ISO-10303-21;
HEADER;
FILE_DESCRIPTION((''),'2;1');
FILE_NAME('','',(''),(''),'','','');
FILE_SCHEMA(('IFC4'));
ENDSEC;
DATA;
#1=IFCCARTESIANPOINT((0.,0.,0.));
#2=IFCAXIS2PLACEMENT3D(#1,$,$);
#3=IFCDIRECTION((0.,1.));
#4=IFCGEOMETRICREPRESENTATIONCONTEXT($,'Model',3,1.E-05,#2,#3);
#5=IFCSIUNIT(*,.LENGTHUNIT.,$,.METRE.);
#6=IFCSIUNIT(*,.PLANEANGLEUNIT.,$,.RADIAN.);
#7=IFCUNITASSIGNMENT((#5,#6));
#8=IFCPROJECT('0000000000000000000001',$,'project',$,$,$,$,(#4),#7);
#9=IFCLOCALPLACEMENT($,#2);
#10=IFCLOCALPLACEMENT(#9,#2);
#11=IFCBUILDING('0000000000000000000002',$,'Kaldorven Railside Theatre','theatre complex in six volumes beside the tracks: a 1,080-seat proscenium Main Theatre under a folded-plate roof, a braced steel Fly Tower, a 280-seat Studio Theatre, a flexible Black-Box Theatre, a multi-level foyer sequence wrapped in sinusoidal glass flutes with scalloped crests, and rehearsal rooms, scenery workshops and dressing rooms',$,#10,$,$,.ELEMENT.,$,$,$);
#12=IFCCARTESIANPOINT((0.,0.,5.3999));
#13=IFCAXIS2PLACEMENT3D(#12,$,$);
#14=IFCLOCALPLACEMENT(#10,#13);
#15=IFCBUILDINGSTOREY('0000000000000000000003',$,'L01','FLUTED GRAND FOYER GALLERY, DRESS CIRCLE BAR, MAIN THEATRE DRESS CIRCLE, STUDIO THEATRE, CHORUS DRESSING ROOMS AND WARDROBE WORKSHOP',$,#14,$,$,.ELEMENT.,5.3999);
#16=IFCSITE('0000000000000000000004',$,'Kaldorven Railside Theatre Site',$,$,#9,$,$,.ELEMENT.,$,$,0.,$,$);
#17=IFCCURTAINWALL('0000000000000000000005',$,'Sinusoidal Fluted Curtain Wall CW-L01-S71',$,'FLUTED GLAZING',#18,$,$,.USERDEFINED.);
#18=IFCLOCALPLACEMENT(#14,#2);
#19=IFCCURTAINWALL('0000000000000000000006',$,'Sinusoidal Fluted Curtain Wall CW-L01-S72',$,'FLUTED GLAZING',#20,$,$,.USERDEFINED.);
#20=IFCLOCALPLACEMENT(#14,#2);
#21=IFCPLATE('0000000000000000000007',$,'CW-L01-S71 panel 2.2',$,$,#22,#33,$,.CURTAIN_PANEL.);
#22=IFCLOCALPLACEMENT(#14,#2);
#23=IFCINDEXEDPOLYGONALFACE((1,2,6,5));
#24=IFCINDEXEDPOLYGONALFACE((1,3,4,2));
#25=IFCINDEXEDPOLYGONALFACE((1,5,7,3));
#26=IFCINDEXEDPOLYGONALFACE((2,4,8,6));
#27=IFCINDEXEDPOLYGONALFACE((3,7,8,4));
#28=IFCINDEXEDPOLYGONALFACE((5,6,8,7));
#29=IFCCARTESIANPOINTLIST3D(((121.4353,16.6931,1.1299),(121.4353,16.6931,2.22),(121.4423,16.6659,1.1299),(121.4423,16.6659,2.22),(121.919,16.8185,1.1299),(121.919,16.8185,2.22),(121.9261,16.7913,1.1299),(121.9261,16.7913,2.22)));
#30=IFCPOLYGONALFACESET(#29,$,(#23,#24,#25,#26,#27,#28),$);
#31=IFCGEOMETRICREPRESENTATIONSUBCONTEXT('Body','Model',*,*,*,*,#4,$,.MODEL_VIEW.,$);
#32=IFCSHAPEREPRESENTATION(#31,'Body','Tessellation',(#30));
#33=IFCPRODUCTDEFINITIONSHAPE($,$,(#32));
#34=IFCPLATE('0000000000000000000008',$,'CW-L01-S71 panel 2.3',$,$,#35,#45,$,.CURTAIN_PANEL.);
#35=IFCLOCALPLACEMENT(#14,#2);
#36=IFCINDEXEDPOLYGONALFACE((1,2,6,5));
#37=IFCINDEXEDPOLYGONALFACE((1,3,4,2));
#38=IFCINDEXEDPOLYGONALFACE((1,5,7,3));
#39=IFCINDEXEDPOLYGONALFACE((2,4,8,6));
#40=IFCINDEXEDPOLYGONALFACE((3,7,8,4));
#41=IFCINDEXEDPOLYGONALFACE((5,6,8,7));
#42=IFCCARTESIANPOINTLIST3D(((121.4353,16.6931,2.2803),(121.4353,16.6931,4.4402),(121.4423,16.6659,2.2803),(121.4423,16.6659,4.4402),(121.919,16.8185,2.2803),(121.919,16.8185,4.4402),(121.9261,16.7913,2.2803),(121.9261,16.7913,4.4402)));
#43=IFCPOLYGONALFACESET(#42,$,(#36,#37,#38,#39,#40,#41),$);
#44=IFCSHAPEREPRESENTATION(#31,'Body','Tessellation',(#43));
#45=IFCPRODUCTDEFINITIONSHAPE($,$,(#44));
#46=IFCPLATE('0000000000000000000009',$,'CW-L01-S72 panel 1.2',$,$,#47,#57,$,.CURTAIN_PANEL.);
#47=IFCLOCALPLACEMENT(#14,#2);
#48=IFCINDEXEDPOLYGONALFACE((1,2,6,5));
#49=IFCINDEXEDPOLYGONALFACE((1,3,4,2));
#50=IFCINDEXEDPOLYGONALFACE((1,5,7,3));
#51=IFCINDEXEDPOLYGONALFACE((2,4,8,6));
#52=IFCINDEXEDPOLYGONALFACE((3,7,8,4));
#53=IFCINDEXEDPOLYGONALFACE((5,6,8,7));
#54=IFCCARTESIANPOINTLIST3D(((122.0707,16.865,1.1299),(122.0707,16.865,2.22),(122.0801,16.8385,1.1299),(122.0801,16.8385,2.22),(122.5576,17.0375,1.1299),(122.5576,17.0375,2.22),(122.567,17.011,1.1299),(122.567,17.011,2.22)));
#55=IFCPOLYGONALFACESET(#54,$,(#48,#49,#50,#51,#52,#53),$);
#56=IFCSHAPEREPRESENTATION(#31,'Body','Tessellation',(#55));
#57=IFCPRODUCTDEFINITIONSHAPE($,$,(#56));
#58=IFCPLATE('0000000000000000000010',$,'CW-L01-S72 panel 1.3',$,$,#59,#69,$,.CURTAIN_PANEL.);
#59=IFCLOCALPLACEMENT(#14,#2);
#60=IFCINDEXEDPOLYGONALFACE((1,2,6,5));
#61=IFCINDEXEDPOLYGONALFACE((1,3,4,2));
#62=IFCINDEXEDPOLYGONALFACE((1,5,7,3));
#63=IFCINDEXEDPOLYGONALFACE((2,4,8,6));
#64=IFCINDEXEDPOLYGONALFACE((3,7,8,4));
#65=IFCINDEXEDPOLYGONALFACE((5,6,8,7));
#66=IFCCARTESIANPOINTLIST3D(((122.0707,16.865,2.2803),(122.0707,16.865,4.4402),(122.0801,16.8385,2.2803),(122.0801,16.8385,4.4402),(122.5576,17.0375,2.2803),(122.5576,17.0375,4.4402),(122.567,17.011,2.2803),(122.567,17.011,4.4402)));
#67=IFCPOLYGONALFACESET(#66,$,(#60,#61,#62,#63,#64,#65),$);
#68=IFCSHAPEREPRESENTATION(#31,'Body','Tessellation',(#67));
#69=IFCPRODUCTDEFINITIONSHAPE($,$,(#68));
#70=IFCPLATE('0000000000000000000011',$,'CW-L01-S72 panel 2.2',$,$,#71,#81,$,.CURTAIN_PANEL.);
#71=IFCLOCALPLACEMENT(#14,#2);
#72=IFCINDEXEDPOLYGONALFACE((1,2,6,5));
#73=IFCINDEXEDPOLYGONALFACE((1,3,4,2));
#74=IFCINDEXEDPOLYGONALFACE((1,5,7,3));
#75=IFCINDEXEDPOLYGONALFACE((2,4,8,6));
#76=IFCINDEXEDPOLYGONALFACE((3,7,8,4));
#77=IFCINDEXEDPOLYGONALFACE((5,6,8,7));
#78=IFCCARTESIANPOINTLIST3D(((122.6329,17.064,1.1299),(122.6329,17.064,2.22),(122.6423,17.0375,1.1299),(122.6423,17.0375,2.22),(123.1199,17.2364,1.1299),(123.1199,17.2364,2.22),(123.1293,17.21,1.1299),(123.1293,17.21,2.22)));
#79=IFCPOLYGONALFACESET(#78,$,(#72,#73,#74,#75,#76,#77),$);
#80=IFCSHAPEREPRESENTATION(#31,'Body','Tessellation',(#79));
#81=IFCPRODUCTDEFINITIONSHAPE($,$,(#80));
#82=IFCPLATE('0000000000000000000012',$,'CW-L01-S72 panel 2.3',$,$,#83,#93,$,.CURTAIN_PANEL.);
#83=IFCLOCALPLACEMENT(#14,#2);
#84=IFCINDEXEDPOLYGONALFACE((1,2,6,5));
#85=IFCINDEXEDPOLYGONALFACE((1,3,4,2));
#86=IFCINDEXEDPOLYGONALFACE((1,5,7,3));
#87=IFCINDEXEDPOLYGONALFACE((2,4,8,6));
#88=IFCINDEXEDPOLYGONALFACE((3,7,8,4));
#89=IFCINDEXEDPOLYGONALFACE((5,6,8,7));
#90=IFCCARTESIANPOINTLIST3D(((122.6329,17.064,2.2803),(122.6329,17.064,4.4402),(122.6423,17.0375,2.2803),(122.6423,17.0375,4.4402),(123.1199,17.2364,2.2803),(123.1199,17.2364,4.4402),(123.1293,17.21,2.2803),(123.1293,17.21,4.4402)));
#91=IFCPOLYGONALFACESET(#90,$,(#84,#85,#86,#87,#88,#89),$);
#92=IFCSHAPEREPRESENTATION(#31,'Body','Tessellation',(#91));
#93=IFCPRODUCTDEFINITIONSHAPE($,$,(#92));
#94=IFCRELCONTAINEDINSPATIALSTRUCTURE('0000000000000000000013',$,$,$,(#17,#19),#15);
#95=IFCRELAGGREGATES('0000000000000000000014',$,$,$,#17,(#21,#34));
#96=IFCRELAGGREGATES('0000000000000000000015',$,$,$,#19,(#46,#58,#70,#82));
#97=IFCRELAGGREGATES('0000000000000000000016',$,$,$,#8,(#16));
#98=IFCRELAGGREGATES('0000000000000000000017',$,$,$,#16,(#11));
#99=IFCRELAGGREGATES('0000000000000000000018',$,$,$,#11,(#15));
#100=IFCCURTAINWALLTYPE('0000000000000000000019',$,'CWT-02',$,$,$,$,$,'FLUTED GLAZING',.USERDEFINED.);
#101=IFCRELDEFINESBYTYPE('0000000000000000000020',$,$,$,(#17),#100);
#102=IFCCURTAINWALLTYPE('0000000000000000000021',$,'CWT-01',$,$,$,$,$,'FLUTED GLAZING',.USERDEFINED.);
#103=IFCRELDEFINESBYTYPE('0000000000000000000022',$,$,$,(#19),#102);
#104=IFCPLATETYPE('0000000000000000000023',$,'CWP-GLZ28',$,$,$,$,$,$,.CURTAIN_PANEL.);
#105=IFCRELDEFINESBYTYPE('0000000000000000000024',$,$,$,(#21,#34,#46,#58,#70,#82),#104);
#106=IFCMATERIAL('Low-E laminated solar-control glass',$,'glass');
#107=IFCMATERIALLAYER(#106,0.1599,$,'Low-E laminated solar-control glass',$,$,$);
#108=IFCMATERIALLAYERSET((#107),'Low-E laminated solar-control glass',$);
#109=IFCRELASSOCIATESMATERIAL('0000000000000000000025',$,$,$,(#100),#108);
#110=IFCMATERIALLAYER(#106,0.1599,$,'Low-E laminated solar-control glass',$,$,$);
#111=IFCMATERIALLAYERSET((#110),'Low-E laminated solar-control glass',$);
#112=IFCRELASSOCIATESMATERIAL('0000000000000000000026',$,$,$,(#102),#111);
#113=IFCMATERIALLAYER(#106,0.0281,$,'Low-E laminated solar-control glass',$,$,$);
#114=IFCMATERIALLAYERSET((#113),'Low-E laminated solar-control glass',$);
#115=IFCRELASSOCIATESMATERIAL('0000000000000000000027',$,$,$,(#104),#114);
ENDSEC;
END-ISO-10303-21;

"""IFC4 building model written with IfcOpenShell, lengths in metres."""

from ifc_helpers import new_model, si_unit, direction, frame, origin, origin_2d, place, context, subcontext, project, spatial, rectangle, extrude, material, layer, layer_set, type_object, element, aggregate, save


model = new_model("IFC4")

# Units and contexts
model_context = context("Model", 3, precision=1e-05, world=origin(), true_north=direction((0.0, 1.0)))
body_context = subcontext(model_context, "Body", "Model", "MODEL_VIEW")
ifc_project = project(units=[si_unit("LENGTHUNIT", "METRE"), si_unit("PLANEANGLEUNIT", "RADIAN")], contexts=[model_context])

# Site, building, storey
site_placement = place(None, origin())
site = spatial("IfcSite", under=ifc_project, at=site_placement, Name="Kaldorven Railside Theatre Site", CompositionType="ELEMENT", RefElevation=0.0)
building_placement = place(site_placement, origin())
building = spatial("IfcBuilding", under=site, at=building_placement, Name="Kaldorven Railside Theatre", Description="theatre complex in six volumes beside the tracks: a 1,080-seat proscenium Main Theatre under a folded-plate roof, a braced steel Fly Tower, a 280-seat Studio Theatre, a flexible Black-Box Theatre, a multi-level foyer sequence wrapped in sinusoidal glass flutes with scalloped crests, and rehearsal rooms, scenery workshops and dressing rooms", CompositionType="ELEMENT")
storey_placement = place(building_placement, frame((0.0, 0.0, 5.3999)))
storey = spatial("IfcBuildingStorey", under=building, at=storey_placement, Name="L01", Description="FLUTED GRAND FOYER GALLERY, DRESS CIRCLE BAR, MAIN THEATRE DRESS CIRCLE, STUDIO THEATRE, CHORUS DRESSING ROOMS AND WARDROBE WORKSHOP", CompositionType="ELEMENT", Elevation=5.3999)

# Curtain walls
ifc_material_1 = material(Name="Low-E laminated solar-control glass", Category="glass")
ifc_layer_1 = layer(ifc_material_1, 0.1599, Name="Low-E laminated solar-control glass")
ifc_layer_set_1 = layer_set([ifc_layer_1], Name="Low-E laminated solar-control glass")
curtain_wall_type_1 = type_object("IfcCurtainWallType", Name="CWT-02", ElementType="FLUTED GLAZING", PredefinedType="USERDEFINED", material=ifc_layer_set_1)
curtain_wall_1_placement = place(storey_placement, origin())
curtain_wall_1 = element("IfcCurtainWall", 1, at=curtain_wall_1_placement, inside=storey, type_object=curtain_wall_type_1, Name="Sinusoidal Fluted Curtain Wall CW-L01-S71", ObjectType="FLUTED GLAZING", PredefinedType="USERDEFINED")
ifc_layer_2 = layer(ifc_material_1, 0.1599, Name="Low-E laminated solar-control glass")
ifc_layer_set_2 = layer_set([ifc_layer_2], Name="Low-E laminated solar-control glass")
curtain_wall_type_2 = type_object("IfcCurtainWallType", Name="CWT-01", ElementType="FLUTED GLAZING", PredefinedType="USERDEFINED", material=ifc_layer_set_2)
curtain_wall_2_placement = place(storey_placement, origin())
curtain_wall_2 = element("IfcCurtainWall", 2, at=curtain_wall_2_placement, inside=storey, type_object=curtain_wall_type_2, Name="Sinusoidal Fluted Curtain Wall CW-L01-S72", ObjectType="FLUTED GLAZING", PredefinedType="USERDEFINED")

# Plates
ifc_layer_3 = layer(ifc_material_1, 0.0281, Name="Low-E laminated solar-control glass")
ifc_layer_set_3 = layer_set([ifc_layer_3], Name="Low-E laminated solar-control glass")
plate_type = type_object("IfcPlateType", Name="CWP-GLZ28", PredefinedType="CURTAIN_PANEL", material=ifc_layer_set_3)
plate_1_placement = place(storey_placement, frame((121.6807, 16.7422, 1.1299), z_axis=(0.0, 0.0, 1.0), x_axis=(0.967999, 0.250954, 0.0)))
plate_1 = element("IfcPlate", 3, at=plate_1_placement, type_object=plate_type, Name="CW-L01-S71 panel 2.2", PredefinedType="CURTAIN_PANEL", context=body_context, shape_type="SweptSolid", body=[
    extrude(rectangle(XDim=0.4998, YDim=0.0281, at=origin_2d()), origin(), (0.0, 0.0, 1.0), 1.0901),
])
plate_2_placement = place(storey_placement, frame((121.6807, 16.7422, 2.2803), z_axis=(0.0, 0.0, 1.0), x_axis=(0.967999, 0.250954, 0.0)))
plate_2 = element("IfcPlate", 4, at=plate_2_placement, type_object=plate_type, Name="CW-L01-S71 panel 2.3", PredefinedType="CURTAIN_PANEL", context=body_context, shape_type="SweptSolid", body=[
    extrude(rectangle(XDim=0.4998, YDim=0.0281, at=origin_2d()), origin(), (0.0, 0.0, 1.0), 2.1599),
])
aggregate(curtain_wall_1, [plate_1, plate_2])
plate_3_placement = place(storey_placement, frame((122.3188, 16.938, 1.1299), z_axis=(0.0, 0.0, 1.0), x_axis=(0.942627, 0.333847, 0.0)))
plate_3 = element("IfcPlate", 5, at=plate_3_placement, type_object=plate_type, Name="CW-L01-S72 panel 1.2", PredefinedType="CURTAIN_PANEL", context=body_context, shape_type="SweptSolid", body=[
    extrude(rectangle(XDim=0.5166, YDim=0.0281, at=origin_2d()), origin(), (0.0, 0.0, 1.0), 1.0901),
])
plate_4_placement = place(storey_placement, frame((122.3188, 16.938, 2.2803), z_axis=(0.0, 0.0, 1.0), x_axis=(0.942627, 0.333847, 0.0)))
plate_4 = element("IfcPlate", 6, at=plate_4_placement, type_object=plate_type, Name="CW-L01-S72 panel 1.3", PredefinedType="CURTAIN_PANEL", context=body_context, shape_type="SweptSolid", body=[
    extrude(rectangle(XDim=0.5166, YDim=0.0281, at=origin_2d()), origin(), (0.0, 0.0, 1.0), 2.1599),
])
plate_5_placement = place(storey_placement, frame((122.8811, 17.137, 1.1299), z_axis=(0.0, 0.0, 1.0), x_axis=(0.942627, 0.333847, 0.0)))
plate_5 = element("IfcPlate", 7, at=plate_5_placement, type_object=plate_type, Name="CW-L01-S72 panel 2.2", PredefinedType="CURTAIN_PANEL", context=body_context, shape_type="SweptSolid", body=[
    extrude(rectangle(XDim=0.5166, YDim=0.0281, at=origin_2d()), origin(), (0.0, 0.0, 1.0), 1.0901),
])
plate_6_placement = place(storey_placement, frame((122.8811, 17.137, 2.2803), z_axis=(0.0, 0.0, 1.0), x_axis=(0.942627, 0.333847, 0.0)))
plate_6 = element("IfcPlate", 8, at=plate_6_placement, type_object=plate_type, Name="CW-L01-S72 panel 2.3", PredefinedType="CURTAIN_PANEL", context=body_context, shape_type="SweptSolid", body=[
    extrude(rectangle(XDim=0.5166, YDim=0.0281, at=origin_2d()), origin(), (0.0, 0.0, 1.0), 2.1599),
])
aggregate(curtain_wall_2, [plate_3, plate_4, plate_5, plate_6])

save(model, "model.ifc")
